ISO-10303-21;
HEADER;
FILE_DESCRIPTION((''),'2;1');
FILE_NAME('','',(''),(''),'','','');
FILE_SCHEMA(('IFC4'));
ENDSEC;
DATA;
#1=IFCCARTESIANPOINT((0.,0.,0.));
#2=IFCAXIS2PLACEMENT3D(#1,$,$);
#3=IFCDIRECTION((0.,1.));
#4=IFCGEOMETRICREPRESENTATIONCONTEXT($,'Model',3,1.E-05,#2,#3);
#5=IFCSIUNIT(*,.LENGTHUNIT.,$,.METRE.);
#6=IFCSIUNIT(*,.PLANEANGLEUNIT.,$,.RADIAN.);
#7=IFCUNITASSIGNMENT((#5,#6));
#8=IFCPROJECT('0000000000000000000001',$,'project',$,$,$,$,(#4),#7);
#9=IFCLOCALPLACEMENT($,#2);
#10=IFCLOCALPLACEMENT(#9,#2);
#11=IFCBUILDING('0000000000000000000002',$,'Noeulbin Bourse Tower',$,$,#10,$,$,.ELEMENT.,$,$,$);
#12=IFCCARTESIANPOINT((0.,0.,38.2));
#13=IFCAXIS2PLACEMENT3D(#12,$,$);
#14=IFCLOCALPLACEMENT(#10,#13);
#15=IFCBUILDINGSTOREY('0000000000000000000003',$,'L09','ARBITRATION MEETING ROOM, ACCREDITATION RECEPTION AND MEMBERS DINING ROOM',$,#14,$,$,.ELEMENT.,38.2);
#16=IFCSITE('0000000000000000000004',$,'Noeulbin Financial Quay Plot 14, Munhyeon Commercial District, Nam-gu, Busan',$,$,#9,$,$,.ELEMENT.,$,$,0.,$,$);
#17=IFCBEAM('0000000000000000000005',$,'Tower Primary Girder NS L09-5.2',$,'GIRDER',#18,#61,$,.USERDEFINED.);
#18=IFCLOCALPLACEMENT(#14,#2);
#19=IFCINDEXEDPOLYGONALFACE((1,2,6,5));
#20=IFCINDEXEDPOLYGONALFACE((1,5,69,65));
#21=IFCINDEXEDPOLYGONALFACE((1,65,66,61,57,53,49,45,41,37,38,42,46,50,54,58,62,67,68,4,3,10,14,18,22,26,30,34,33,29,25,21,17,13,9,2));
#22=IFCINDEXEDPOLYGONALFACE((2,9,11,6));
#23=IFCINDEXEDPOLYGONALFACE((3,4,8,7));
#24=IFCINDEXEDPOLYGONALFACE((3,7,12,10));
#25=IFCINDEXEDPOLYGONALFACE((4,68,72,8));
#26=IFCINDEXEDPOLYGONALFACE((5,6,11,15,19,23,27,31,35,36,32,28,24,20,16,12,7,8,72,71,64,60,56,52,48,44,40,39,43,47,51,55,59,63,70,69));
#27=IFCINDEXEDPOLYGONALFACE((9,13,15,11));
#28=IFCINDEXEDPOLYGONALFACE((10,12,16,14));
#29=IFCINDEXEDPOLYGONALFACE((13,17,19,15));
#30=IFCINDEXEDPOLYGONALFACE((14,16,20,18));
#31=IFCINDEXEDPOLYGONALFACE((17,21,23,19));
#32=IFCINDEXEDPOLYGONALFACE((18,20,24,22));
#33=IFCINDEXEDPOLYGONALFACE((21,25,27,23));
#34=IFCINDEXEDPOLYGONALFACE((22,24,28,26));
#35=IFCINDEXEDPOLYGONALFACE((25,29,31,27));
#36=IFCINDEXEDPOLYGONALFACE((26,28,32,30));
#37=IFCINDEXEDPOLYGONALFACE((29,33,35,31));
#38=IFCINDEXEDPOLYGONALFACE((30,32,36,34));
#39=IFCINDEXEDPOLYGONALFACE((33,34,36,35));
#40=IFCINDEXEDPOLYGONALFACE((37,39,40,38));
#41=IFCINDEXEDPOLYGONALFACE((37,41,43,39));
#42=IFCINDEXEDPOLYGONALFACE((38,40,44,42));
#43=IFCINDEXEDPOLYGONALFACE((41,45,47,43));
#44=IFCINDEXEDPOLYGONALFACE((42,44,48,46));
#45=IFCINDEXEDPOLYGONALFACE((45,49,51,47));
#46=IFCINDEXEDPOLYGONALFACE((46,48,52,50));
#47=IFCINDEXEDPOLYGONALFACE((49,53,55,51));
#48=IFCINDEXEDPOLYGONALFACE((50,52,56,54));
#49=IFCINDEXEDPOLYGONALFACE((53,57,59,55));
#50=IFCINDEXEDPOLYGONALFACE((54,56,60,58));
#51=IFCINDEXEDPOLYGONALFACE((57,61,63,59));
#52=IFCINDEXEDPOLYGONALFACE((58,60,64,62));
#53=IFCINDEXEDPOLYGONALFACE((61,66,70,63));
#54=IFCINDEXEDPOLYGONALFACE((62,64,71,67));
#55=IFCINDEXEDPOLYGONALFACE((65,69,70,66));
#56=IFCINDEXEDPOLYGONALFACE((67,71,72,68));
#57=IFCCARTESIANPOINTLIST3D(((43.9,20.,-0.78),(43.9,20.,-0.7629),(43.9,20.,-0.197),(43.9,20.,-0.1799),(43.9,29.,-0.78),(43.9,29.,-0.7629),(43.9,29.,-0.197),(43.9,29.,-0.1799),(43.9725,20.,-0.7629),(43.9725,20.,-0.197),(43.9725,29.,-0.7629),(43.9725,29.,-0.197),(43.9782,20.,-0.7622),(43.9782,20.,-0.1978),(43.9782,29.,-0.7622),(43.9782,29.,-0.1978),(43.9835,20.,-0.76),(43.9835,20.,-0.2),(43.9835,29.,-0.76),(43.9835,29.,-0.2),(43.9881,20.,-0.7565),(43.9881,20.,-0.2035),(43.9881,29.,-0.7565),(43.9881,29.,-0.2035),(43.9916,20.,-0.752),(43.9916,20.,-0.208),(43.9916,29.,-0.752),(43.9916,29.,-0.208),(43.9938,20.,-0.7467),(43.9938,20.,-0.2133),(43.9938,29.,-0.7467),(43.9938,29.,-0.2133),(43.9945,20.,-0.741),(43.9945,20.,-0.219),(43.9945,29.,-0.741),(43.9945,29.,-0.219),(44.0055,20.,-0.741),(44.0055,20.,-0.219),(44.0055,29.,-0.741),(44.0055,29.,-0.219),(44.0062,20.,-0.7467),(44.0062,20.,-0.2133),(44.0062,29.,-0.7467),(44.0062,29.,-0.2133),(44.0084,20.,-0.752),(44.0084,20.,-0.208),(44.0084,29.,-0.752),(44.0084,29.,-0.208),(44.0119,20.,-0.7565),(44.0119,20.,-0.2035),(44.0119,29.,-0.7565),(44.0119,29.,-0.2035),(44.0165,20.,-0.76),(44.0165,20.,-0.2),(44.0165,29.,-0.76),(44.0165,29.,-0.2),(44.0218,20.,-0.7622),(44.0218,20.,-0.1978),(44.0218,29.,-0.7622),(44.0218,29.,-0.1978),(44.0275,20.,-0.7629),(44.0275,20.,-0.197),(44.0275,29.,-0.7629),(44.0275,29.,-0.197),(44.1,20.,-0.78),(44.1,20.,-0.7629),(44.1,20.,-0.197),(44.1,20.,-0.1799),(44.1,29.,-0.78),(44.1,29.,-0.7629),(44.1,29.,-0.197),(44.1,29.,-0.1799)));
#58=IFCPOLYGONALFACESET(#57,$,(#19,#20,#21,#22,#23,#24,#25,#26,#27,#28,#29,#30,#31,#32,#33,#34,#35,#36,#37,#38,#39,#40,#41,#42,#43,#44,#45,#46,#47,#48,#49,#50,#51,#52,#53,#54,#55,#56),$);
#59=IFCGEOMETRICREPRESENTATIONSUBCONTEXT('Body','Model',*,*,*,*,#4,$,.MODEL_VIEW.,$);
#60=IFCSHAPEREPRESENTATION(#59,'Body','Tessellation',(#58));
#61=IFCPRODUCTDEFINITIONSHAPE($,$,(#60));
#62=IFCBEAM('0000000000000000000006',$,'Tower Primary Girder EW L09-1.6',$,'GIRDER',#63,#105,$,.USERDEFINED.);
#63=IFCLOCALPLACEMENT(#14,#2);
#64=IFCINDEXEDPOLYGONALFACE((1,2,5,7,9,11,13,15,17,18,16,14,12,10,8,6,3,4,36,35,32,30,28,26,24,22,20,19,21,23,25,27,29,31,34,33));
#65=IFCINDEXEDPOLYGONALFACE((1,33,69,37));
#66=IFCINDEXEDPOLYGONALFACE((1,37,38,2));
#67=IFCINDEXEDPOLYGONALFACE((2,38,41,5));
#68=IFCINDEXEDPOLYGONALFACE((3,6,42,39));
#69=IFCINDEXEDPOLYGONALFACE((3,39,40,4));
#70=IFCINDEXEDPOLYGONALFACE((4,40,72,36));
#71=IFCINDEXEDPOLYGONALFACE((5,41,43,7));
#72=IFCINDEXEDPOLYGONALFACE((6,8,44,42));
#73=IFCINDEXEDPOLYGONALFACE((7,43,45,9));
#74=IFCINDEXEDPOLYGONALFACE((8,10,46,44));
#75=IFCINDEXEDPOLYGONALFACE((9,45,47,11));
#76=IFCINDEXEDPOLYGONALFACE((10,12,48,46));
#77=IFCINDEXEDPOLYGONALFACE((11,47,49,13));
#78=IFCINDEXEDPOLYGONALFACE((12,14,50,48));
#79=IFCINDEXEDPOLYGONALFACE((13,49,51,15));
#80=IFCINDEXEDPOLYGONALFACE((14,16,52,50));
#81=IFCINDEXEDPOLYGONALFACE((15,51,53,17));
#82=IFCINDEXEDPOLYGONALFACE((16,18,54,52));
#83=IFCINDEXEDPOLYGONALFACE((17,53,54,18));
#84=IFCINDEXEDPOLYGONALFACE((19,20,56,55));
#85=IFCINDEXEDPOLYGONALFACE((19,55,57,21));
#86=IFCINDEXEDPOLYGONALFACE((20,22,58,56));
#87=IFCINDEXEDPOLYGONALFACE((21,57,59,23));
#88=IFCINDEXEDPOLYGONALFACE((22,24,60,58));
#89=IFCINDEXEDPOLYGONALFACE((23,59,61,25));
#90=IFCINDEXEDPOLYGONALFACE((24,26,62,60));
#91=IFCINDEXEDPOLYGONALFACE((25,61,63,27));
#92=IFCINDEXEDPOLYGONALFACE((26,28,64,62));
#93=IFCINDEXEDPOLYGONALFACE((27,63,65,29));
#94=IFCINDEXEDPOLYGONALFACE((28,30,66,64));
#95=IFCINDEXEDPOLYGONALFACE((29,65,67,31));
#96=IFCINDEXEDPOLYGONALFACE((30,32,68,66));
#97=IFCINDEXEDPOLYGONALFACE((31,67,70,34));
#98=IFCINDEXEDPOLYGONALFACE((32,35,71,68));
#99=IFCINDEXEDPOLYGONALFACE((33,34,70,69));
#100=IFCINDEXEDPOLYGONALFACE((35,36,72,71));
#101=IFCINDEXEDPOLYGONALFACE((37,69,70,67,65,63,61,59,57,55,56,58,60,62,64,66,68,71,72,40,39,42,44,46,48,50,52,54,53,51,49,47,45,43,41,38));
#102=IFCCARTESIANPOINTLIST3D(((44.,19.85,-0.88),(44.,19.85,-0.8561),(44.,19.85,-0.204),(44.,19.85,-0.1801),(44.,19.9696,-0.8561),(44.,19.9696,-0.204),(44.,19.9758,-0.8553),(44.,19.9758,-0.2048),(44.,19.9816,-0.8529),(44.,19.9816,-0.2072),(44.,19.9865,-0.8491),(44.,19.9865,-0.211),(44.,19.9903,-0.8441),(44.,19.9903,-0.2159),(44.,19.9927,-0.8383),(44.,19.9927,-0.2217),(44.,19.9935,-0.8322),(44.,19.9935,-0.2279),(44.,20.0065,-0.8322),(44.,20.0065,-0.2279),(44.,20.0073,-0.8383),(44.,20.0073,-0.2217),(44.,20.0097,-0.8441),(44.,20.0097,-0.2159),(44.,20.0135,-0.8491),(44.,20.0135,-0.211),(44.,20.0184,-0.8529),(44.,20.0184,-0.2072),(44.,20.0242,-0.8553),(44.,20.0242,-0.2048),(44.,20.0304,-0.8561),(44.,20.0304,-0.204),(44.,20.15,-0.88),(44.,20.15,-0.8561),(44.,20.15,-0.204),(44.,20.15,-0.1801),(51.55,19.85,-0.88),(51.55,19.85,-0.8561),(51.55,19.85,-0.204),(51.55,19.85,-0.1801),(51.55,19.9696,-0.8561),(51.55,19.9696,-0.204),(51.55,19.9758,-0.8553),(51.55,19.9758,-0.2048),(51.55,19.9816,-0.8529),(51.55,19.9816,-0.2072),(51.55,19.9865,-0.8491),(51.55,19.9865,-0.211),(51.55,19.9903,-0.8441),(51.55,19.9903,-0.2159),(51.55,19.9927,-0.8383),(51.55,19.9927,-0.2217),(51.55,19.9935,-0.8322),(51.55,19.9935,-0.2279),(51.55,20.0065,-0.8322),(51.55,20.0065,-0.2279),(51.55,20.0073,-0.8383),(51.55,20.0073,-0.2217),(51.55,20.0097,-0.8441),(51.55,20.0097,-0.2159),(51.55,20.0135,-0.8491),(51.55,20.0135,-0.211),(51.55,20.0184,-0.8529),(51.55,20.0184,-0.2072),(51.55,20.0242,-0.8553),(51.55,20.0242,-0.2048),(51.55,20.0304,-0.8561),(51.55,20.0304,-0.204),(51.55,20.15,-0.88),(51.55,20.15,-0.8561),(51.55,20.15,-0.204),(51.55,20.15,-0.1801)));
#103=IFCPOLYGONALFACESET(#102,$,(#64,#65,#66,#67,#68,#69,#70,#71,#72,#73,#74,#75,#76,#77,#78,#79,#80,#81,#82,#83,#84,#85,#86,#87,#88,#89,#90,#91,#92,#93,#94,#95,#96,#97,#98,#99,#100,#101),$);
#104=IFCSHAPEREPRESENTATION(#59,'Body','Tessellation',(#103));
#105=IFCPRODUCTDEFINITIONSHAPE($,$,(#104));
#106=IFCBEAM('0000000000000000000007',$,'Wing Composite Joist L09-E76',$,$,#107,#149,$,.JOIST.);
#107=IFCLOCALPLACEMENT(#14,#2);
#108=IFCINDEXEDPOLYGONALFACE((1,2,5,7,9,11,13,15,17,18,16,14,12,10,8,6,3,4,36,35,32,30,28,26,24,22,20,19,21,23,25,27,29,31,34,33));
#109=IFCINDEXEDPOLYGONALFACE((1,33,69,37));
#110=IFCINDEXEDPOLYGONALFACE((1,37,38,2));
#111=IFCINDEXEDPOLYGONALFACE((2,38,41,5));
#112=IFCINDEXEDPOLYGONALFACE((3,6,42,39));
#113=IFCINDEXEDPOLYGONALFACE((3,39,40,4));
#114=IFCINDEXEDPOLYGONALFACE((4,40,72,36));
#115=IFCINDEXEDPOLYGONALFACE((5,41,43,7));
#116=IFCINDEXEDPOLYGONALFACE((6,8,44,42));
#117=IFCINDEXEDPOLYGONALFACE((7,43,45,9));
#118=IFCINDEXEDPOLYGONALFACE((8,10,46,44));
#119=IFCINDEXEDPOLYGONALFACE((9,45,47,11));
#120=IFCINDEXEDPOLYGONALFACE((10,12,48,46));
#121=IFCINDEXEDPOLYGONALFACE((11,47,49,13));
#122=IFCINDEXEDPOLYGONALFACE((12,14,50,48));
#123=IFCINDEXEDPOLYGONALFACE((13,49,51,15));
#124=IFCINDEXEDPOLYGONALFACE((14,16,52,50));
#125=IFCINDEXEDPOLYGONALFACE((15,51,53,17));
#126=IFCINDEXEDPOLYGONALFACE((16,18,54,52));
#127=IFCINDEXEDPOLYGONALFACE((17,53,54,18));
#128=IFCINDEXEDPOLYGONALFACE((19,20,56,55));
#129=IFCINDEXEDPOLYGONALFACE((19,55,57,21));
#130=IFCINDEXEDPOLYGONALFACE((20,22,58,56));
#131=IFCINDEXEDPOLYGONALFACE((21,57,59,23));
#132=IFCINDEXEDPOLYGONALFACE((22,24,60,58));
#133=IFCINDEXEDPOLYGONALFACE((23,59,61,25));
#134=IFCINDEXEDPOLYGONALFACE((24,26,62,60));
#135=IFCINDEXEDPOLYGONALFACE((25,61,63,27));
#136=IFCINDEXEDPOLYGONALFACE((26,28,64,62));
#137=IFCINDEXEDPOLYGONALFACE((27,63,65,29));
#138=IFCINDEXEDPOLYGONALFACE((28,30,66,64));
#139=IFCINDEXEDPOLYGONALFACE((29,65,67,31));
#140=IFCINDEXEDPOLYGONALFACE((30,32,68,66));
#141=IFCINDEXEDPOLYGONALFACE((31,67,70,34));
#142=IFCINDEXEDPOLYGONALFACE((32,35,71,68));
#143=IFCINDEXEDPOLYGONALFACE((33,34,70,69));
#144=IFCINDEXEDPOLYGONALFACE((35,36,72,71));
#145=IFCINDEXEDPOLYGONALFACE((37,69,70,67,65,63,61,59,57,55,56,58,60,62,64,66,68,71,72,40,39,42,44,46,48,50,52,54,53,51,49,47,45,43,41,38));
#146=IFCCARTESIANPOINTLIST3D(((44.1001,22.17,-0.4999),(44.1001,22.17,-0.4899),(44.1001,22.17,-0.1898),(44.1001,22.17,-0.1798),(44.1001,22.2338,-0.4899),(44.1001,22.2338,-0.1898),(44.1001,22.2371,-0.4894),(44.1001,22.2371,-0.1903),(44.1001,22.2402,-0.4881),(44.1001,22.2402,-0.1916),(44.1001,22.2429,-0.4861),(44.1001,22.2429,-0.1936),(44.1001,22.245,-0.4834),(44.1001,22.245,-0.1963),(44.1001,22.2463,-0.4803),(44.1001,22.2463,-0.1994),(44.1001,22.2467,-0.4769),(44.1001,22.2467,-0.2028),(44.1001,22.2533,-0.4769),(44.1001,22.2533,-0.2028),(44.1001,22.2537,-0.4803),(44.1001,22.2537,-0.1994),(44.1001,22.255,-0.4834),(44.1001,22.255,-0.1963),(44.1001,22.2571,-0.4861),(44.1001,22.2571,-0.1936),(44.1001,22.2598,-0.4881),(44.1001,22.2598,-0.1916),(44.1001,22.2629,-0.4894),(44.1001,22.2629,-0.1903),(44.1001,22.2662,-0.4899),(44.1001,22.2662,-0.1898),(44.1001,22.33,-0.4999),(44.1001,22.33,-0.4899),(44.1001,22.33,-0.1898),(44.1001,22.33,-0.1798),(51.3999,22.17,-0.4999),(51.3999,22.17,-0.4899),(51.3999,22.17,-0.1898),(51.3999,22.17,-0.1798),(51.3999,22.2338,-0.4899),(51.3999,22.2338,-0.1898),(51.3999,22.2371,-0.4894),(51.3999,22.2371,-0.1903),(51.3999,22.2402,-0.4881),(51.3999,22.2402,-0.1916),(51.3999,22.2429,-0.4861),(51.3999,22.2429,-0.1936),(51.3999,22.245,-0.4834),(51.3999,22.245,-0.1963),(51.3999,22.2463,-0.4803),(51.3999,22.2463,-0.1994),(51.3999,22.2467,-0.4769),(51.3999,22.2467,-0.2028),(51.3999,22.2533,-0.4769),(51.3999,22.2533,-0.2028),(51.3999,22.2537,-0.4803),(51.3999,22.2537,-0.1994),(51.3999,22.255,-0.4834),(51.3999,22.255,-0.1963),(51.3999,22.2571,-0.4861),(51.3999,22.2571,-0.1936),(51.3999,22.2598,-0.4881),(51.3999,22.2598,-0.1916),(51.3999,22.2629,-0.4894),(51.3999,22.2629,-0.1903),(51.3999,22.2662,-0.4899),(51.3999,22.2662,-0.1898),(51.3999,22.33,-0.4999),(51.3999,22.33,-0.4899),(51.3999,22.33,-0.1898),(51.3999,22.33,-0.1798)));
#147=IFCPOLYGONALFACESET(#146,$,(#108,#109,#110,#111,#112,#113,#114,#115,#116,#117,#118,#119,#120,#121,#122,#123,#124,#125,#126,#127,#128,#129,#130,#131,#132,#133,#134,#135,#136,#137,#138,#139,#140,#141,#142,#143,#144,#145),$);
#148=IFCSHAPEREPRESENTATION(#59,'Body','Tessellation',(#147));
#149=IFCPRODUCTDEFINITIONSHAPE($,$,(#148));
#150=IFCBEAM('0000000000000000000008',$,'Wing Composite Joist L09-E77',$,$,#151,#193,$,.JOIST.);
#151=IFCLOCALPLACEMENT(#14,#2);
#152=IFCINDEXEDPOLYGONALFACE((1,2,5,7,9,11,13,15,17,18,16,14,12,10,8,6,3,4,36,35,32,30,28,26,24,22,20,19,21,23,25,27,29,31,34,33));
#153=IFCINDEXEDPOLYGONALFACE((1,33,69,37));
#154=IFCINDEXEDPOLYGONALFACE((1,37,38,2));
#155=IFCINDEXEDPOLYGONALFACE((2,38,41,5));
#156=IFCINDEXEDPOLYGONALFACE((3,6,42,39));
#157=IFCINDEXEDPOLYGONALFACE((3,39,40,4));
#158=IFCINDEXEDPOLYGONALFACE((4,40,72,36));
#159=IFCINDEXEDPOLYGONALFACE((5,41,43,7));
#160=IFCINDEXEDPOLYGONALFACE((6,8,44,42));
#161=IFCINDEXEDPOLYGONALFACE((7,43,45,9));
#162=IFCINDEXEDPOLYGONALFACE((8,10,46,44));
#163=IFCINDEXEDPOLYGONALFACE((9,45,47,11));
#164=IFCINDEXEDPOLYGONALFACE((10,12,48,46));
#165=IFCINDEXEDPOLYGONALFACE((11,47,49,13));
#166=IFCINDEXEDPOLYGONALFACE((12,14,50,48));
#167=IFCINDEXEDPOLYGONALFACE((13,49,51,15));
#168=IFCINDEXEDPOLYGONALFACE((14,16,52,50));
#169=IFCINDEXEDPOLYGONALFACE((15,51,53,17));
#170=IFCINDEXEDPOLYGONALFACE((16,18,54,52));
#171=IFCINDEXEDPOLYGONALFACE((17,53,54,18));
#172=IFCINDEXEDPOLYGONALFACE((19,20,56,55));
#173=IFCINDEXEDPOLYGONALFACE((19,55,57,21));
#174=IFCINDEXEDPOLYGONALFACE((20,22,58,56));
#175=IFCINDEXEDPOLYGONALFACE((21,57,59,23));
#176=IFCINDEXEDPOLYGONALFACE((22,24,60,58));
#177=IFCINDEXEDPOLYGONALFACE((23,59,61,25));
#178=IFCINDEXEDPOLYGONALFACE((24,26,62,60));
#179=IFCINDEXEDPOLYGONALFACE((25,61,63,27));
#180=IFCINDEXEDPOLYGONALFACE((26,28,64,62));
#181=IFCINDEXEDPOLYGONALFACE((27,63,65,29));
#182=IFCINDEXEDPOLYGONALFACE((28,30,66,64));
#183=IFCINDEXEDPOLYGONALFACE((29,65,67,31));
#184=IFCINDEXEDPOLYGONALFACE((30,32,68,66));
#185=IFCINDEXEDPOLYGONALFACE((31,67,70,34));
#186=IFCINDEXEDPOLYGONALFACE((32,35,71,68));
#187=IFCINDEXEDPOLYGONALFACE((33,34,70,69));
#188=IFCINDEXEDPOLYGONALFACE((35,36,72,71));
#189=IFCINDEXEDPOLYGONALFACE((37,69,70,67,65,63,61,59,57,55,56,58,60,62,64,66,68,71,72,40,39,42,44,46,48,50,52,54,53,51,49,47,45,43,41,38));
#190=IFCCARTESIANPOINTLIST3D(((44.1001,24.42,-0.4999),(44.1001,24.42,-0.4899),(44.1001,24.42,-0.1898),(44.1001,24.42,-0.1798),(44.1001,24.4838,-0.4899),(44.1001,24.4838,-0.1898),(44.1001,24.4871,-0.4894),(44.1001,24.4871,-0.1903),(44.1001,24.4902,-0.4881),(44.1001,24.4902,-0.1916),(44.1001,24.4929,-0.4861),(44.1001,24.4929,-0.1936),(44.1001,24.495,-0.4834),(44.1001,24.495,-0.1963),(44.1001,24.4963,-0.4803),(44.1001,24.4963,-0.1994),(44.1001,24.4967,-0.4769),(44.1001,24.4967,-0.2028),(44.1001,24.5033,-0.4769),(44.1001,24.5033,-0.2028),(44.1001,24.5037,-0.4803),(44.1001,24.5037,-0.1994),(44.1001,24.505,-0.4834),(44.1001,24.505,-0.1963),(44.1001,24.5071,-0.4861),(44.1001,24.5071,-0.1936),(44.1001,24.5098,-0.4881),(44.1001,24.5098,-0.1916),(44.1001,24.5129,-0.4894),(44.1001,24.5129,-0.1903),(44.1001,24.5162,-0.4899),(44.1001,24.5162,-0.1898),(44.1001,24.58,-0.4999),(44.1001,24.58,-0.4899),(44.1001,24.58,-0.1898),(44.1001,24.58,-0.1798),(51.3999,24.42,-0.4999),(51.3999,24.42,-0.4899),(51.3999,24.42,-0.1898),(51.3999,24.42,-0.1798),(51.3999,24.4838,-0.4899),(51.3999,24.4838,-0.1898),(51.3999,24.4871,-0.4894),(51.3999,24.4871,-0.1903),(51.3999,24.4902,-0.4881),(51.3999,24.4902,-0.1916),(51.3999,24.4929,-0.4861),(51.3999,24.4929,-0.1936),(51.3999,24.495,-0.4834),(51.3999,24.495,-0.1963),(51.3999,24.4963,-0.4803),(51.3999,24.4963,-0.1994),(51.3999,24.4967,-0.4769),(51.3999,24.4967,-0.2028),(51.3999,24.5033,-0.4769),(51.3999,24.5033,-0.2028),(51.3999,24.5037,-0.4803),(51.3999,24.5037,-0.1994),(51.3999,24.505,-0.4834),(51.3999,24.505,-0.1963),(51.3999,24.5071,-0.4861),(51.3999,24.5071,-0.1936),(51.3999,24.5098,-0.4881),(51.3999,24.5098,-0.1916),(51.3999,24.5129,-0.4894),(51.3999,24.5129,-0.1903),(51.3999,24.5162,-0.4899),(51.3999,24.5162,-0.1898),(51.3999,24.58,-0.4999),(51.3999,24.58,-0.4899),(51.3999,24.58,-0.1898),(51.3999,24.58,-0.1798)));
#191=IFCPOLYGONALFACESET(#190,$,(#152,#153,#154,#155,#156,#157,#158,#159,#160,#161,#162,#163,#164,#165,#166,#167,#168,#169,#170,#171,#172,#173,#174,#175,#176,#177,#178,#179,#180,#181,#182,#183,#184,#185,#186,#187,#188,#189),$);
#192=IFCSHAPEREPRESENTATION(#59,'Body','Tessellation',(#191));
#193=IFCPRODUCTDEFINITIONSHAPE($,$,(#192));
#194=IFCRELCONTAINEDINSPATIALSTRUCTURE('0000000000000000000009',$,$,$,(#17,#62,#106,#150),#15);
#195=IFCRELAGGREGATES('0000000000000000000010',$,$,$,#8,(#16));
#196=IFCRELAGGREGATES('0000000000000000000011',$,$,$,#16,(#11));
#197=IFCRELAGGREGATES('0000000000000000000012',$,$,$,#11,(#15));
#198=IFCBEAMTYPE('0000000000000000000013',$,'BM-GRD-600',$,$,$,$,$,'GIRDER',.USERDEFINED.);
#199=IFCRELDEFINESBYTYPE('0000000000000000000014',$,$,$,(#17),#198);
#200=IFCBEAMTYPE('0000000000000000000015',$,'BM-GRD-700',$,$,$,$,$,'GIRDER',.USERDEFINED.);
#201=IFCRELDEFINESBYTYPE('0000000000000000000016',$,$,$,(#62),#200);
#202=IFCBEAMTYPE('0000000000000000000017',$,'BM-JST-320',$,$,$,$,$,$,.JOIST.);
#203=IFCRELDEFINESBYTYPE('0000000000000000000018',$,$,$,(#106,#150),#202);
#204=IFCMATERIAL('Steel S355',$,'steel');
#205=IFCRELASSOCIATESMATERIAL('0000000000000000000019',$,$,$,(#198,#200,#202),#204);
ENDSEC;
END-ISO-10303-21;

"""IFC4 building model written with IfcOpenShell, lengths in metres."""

from ifc_helpers import new_model, si_unit, direction, frame, origin, origin_2d, place, context, subcontext, project, spatial, i_section, extrude, material, material_profile, profile_set, type_object, element, save


model = new_model("IFC4")

# Units and contexts
model_context = context("Model", 3, precision=1e-05, world=origin(), true_north=direction((0.0, 1.0)))
body_context = subcontext(model_context, "Body", "Model", "MODEL_VIEW")
ifc_project = project(units=[si_unit("LENGTHUNIT", "METRE"), si_unit("PLANEANGLEUNIT", "RADIAN")], contexts=[model_context])

# Site, building, storey
site_placement = place(None, origin())
site = spatial("IfcSite", under=ifc_project, at=site_placement, Name="Noeulbin Financial Quay Plot 14, Munhyeon Commercial District, Nam-gu, Busan", CompositionType="ELEMENT", RefElevation=0.0)
building_placement = place(site_placement, origin())
building = spatial("IfcBuilding", under=site, at=building_placement, Name="Noeulbin Bourse Tower", CompositionType="ELEMENT")
storey_placement = place(building_placement, frame((0.0, 0.0, 38.2)))
storey = spatial("IfcBuildingStorey", under=building, at=storey_placement, Name="L09", Description="ARBITRATION MEETING ROOM, ACCREDITATION RECEPTION AND MEMBERS DINING ROOM", CompositionType="ELEMENT", Elevation=38.2)

# Beams
ifc_material_1 = material(Name="Steel S355", Category="steel")
ifc_material_profile_1 = material_profile(ifc_material_1, i_section(OverallWidth=0.2, OverallDepth=0.6001, WebThickness=0.011, FlangeThickness=0.0171, FilletRadius=0.022, at=origin_2d()), Name="H-600x200x11x17", Category="LoadBearing")
ifc_profile_set_1 = profile_set([ifc_material_profile_1], Name="Steel S355")
beam_type_1 = type_object("IfcBeamType", Name="BM-GRD-600", ElementType="GIRDER", PredefinedType="USERDEFINED", material=ifc_profile_set_1)
beam_1_placement = place(storey_placement, frame((44.0, 20.0, -0.48), z_axis=(0.0, 1.0, 0.0), x_axis=(-1.0, 0.0, 0.0)))
element("IfcBeam", 1, at=beam_1_placement, inside=storey, type_object=beam_type_1, Name="Tower Primary Girder NS L09-5.2", ObjectType="GIRDER", PredefinedType="USERDEFINED", context=body_context, shape_type="SweptSolid", body=[
    extrude(i_section(OverallWidth=0.2, OverallDepth=0.6001, WebThickness=0.011, FlangeThickness=0.0171, FilletRadius=0.022, at=origin_2d()), origin(), (0.0, 0.0, 1.0), 9.0),
])
ifc_material_profile_2 = material_profile(ifc_material_1, i_section(OverallWidth=0.3, OverallDepth=0.7, WebThickness=0.0129, FlangeThickness=0.0239, FilletRadius=0.0239, at=origin_2d()), Name="H-700x300x13x24", Category="LoadBearing")
ifc_profile_set_2 = profile_set([ifc_material_profile_2], Name="Steel S355")
beam_type_2 = type_object("IfcBeamType", Name="BM-GRD-700", ElementType="GIRDER", PredefinedType="USERDEFINED", material=ifc_profile_set_2)
beam_2_placement = place(storey_placement, frame((44.0, 20.0, -0.53), z_axis=(1.0, 0.0, 0.0), x_axis=(0.0, 1.0, 0.0)))
element("IfcBeam", 2, at=beam_2_placement, inside=storey, type_object=beam_type_2, Name="Tower Primary Girder EW L09-1.6", ObjectType="GIRDER", PredefinedType="USERDEFINED", context=body_context, shape_type="SweptSolid", body=[
    extrude(i_section(OverallWidth=0.3, OverallDepth=0.7, WebThickness=0.0129, FlangeThickness=0.0239, FilletRadius=0.0239, at=origin_2d()), origin(), (0.0, 0.0, 1.0), 7.55),
])
ifc_material_profile_3 = material_profile(ifc_material_1, i_section(OverallWidth=0.1599, OverallDepth=0.3201, WebThickness=0.0066, FlangeThickness=0.01, FilletRadius=0.0129, at=origin_2d()), Name="H-320x160x6.5x10", Category="LoadBearing")
ifc_profile_set_3 = profile_set([ifc_material_profile_3], Name="Steel S355")
beam_type_3 = type_object("IfcBeamType", Name="BM-JST-320", PredefinedType="JOIST", material=ifc_profile_set_3)
for number, where, z_axis, x_axis, name in (
    (3, (44.1001, 22.25, -0.3398), (1.0, 0.0, 0.0), (0.0, 1.0, 0.0), "Wing Composite Joist L09-E76"),
    (4, (44.1001, 24.5, -0.3398), (1.0, 0.0, 0.0), (0.0, 1.0, 0.0), "Wing Composite Joist L09-E77"),
):
    element("IfcBeam", number, at=place(storey_placement, frame(where, z_axis=z_axis, x_axis=x_axis)), inside=storey, type_object=beam_type_3, Name=name, PredefinedType="JOIST", context=body_context, shape_type="SweptSolid", body=[
        extrude(i_section(OverallWidth=0.1599, OverallDepth=0.3201, WebThickness=0.0066, FlangeThickness=0.01, FilletRadius=0.0129, at=origin_2d()), origin(), (0.0, 0.0, 1.0), 7.2998),
    ])

save(model, "model.ifc")
